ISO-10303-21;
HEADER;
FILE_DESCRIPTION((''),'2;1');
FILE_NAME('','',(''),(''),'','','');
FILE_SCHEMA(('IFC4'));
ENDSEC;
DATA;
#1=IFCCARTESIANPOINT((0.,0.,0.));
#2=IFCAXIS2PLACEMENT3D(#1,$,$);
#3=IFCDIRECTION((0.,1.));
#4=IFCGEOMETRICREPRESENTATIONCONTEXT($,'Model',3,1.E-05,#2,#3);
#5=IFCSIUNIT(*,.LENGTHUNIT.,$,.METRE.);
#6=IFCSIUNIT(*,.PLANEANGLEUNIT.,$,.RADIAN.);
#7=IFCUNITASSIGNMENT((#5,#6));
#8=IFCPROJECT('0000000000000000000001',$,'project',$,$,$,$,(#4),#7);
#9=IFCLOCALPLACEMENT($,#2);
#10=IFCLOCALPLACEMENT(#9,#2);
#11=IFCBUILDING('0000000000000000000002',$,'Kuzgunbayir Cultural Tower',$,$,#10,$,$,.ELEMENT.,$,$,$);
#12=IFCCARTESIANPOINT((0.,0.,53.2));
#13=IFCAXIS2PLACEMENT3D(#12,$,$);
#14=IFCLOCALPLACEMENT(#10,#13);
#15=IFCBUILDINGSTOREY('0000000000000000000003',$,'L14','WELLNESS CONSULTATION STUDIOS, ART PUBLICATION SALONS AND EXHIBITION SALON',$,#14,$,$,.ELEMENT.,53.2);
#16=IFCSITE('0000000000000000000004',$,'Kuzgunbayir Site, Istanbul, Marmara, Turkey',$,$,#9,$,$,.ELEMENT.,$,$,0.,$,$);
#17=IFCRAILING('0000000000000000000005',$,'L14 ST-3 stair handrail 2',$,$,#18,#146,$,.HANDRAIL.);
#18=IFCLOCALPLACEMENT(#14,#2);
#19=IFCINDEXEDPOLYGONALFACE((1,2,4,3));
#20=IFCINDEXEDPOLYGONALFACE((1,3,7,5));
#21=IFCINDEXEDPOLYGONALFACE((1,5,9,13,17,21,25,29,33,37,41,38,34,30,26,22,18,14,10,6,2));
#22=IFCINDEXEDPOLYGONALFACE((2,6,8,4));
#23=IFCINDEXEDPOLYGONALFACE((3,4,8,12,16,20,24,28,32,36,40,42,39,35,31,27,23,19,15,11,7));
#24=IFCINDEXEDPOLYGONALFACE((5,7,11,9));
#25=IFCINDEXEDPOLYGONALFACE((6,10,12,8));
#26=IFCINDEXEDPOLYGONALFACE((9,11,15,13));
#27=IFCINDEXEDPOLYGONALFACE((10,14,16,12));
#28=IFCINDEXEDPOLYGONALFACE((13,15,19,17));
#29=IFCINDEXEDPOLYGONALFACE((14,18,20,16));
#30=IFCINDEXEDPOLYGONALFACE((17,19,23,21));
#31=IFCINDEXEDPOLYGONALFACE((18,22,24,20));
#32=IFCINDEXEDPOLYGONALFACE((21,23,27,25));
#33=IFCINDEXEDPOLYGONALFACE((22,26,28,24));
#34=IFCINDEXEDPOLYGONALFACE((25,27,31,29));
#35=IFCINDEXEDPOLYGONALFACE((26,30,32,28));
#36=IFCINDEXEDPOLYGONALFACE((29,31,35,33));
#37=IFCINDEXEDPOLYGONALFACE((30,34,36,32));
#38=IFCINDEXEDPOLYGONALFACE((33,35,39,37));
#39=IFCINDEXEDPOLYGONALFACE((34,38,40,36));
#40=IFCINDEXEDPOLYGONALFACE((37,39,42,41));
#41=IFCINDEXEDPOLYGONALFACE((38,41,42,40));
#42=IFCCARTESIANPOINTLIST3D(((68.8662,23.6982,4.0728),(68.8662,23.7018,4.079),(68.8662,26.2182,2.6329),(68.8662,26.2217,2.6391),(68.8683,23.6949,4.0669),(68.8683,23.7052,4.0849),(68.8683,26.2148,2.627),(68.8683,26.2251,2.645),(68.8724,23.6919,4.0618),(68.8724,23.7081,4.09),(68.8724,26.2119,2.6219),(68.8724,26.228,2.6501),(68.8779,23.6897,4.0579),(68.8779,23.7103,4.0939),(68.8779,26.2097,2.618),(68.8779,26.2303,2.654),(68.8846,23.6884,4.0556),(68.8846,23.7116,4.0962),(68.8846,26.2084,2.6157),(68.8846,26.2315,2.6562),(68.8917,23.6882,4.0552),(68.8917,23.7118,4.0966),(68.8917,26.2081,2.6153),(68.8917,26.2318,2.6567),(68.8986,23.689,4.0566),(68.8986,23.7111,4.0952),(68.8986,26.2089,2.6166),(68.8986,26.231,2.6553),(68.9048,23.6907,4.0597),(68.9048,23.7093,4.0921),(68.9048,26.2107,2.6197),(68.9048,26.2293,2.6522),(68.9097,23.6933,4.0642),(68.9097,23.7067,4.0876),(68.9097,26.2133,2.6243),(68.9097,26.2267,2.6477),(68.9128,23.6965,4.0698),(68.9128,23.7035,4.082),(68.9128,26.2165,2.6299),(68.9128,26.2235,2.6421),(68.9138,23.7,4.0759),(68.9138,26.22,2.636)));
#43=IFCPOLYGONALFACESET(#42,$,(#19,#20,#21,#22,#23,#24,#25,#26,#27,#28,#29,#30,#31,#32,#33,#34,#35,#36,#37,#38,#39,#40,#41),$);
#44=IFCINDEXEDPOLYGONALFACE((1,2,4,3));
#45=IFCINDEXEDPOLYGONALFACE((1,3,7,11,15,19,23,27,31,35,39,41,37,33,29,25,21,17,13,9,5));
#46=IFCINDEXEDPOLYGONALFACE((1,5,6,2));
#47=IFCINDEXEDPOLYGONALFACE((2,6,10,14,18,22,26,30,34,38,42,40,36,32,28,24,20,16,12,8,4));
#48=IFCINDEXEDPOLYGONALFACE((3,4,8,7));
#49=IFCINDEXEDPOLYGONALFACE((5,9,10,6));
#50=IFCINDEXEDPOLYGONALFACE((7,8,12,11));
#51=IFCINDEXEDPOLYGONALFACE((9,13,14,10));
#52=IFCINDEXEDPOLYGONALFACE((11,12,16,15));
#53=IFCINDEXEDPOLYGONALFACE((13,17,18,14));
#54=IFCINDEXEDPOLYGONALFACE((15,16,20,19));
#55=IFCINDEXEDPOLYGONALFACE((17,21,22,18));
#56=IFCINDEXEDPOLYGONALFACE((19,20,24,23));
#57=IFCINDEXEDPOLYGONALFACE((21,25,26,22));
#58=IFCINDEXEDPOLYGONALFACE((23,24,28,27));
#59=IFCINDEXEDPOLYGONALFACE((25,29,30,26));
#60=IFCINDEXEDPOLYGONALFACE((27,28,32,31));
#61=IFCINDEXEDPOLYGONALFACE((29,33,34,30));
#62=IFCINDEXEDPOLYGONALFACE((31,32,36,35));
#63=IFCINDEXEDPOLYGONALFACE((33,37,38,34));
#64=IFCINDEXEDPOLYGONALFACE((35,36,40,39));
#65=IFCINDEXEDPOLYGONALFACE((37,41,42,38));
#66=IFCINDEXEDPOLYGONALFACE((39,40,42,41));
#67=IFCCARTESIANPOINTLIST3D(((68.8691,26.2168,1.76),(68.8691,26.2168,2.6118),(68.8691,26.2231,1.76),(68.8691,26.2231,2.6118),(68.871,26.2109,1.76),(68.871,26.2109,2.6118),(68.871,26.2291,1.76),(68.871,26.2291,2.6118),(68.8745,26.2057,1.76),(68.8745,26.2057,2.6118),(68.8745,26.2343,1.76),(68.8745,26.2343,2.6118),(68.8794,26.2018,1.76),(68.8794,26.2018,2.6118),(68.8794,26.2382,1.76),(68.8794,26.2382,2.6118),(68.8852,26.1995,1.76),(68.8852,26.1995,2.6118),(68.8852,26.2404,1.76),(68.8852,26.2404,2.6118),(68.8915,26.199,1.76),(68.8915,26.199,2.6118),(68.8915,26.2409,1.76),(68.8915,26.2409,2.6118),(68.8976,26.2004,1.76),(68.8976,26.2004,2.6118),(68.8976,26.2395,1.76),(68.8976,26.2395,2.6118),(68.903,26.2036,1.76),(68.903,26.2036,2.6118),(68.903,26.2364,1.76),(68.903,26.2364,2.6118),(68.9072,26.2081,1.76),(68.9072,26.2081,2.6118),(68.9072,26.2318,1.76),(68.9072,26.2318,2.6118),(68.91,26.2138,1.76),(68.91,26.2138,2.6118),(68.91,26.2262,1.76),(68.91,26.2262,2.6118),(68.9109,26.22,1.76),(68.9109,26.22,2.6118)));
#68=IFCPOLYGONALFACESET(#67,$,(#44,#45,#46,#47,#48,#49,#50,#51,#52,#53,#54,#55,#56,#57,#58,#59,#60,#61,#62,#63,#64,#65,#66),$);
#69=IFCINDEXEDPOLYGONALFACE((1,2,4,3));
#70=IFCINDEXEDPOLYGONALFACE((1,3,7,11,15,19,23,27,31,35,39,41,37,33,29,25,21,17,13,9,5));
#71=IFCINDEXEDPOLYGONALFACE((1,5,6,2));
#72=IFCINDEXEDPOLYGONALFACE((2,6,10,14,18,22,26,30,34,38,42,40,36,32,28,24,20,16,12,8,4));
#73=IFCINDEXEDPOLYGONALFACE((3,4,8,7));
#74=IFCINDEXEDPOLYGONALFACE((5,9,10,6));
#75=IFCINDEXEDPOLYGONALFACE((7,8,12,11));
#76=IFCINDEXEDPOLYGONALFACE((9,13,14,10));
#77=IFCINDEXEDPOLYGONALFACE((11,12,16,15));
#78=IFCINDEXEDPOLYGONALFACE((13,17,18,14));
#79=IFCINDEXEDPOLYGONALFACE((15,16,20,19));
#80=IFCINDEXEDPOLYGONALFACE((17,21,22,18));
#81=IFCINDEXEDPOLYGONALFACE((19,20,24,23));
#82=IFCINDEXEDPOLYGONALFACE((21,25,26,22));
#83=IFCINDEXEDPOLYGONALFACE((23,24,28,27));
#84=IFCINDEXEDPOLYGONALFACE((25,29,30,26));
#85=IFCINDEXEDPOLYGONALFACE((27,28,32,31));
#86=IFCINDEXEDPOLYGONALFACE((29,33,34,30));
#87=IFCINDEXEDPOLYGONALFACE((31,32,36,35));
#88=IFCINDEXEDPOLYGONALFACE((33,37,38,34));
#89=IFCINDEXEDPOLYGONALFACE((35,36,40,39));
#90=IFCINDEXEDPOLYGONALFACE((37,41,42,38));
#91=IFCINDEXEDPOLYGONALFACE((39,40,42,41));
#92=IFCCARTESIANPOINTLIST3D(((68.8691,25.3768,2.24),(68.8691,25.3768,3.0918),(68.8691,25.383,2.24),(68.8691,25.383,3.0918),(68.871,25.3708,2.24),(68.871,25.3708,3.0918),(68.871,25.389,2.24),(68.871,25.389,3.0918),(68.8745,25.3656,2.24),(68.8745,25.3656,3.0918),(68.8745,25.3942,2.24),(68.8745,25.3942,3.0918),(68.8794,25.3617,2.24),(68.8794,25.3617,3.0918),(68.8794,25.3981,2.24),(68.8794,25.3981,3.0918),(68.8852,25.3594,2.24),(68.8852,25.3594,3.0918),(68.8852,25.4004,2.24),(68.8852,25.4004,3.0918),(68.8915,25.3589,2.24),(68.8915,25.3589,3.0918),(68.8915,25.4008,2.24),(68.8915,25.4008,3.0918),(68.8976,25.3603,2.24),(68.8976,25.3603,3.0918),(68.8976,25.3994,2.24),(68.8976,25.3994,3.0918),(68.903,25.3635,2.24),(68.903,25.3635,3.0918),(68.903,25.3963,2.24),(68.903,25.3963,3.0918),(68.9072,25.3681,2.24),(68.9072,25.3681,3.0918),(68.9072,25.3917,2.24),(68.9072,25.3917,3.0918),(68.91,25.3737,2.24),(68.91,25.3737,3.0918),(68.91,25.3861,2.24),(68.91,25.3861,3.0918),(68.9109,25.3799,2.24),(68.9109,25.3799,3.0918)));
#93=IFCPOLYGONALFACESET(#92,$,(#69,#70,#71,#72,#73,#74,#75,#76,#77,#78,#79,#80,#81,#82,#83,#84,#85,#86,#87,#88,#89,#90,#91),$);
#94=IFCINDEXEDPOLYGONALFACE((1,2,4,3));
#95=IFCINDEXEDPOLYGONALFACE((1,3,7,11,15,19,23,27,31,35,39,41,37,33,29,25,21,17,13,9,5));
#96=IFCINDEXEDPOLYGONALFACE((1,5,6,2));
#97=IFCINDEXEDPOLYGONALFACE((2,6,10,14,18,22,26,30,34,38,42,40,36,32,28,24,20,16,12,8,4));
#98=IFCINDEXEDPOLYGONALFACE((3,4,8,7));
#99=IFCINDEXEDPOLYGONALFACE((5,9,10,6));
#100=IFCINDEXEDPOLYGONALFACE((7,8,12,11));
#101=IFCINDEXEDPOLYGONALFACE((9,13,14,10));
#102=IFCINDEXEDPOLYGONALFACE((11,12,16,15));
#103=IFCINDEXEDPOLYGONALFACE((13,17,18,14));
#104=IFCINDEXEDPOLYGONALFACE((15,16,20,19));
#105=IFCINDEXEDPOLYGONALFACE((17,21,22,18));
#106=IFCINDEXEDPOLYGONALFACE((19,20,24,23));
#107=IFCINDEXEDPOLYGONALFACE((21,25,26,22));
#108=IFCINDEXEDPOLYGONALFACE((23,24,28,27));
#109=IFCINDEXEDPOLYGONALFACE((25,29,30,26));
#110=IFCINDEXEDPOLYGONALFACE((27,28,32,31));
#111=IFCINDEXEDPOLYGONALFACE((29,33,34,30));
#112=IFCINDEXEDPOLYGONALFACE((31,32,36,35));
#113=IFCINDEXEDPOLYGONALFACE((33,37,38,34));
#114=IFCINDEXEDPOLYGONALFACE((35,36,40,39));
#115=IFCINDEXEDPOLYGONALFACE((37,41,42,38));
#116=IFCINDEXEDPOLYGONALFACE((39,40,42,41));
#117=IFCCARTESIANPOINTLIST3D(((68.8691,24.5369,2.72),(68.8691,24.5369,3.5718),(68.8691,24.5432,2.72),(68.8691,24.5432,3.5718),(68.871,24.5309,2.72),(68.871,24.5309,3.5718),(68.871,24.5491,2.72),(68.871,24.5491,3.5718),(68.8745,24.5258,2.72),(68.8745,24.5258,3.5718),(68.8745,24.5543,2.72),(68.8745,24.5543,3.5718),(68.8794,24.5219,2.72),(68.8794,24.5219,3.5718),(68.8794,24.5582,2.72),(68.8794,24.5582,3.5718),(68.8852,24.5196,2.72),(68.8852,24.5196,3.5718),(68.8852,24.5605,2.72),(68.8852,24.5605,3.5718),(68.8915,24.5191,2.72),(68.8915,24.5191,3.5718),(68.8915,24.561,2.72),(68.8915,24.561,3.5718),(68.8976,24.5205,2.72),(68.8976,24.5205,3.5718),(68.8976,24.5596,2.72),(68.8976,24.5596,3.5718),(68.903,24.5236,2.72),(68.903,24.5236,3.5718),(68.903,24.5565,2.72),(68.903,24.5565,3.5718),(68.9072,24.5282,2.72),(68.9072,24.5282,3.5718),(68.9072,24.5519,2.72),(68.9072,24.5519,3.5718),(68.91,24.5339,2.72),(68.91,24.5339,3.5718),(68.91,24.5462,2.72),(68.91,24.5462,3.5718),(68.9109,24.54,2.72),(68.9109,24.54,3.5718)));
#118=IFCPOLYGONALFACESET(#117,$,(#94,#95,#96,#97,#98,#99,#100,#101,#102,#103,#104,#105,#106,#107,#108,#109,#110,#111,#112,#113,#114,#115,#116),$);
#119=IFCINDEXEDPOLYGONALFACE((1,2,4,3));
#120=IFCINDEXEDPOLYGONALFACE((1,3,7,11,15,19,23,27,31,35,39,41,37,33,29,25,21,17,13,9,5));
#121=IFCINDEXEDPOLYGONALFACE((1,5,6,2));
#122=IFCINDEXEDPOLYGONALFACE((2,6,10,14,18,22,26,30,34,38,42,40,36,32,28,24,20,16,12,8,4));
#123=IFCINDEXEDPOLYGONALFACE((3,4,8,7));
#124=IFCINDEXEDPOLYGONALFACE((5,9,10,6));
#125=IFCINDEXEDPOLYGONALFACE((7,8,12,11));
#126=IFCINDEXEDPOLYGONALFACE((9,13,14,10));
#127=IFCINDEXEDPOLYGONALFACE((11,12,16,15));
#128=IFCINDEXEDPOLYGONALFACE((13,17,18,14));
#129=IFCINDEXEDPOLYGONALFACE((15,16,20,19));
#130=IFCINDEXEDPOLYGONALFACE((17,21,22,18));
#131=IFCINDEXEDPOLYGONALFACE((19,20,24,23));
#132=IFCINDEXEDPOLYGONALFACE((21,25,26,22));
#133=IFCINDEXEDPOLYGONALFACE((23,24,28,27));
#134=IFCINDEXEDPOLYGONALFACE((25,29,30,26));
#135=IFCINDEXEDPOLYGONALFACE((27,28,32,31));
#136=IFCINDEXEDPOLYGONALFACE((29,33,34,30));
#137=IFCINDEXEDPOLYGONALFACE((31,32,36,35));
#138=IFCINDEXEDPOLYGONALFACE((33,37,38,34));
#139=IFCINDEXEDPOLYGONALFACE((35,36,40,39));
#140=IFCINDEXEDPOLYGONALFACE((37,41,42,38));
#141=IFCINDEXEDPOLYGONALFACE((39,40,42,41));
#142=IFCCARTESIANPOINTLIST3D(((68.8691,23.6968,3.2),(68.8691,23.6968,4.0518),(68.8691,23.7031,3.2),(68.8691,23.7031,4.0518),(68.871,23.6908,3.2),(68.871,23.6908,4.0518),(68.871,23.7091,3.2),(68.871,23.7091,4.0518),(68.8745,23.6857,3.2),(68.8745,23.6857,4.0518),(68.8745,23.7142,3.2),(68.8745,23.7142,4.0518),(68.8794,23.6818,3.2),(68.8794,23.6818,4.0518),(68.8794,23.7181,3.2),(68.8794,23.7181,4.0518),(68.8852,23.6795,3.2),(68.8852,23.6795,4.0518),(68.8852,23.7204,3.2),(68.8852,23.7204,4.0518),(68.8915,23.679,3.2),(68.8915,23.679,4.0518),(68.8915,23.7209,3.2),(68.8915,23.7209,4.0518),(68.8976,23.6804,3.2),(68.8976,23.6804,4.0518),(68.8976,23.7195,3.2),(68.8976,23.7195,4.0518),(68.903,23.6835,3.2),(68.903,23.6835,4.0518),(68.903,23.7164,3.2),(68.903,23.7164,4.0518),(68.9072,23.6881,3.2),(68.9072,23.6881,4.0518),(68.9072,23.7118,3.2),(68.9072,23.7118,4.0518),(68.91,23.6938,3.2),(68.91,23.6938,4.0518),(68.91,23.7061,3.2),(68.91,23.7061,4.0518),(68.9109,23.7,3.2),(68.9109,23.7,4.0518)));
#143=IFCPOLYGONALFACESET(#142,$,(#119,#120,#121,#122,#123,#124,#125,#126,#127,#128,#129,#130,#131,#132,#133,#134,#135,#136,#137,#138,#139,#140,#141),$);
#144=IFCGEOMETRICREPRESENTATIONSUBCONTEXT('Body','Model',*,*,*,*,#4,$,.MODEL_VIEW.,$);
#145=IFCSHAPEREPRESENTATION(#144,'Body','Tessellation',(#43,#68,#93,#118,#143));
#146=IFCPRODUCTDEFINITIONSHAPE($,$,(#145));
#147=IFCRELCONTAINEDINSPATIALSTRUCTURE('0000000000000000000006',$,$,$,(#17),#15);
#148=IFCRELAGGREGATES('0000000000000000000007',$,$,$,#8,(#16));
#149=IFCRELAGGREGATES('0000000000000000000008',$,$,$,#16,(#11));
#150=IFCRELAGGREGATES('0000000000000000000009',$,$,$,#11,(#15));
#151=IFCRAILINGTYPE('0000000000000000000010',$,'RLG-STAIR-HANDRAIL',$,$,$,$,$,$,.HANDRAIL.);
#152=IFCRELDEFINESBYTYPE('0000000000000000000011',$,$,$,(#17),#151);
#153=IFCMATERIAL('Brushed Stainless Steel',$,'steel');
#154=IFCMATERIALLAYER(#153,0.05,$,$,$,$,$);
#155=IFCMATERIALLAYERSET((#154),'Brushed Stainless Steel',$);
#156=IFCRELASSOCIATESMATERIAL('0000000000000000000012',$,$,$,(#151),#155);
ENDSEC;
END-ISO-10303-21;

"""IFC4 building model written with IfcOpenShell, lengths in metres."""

from ifc_helpers import new_model, si_unit, direction, frame, origin, origin_2d, place, context, subcontext, project, spatial, circle, extrude, material, layer, layer_set, type_object, element, save


model = new_model("IFC4")

# Units and contexts
model_context = context("Model", 3, precision=1e-05, world=origin(), true_north=direction((0.0, 1.0)))
body_context = subcontext(model_context, "Body", "Model", "MODEL_VIEW")
ifc_project = project(units=[si_unit("LENGTHUNIT", "METRE"), si_unit("PLANEANGLEUNIT", "RADIAN")], contexts=[model_context])

# Site, building, storey
site_placement = place(None, origin())
site = spatial("IfcSite", under=ifc_project, at=site_placement, Name="Kuzgunbayir Site, Istanbul, Marmara, Turkey", CompositionType="ELEMENT", RefElevation=0.0)
building_placement = place(site_placement, origin())
building = spatial("IfcBuilding", under=site, at=building_placement, Name="Kuzgunbayir Cultural Tower", CompositionType="ELEMENT")
storey_placement = place(building_placement, frame((0.0, 0.0, 53.2)))
storey = spatial("IfcBuildingStorey", under=building, at=storey_placement, Name="L14", Description="WELLNESS CONSULTATION STUDIOS, ART PUBLICATION SALONS AND EXHIBITION SALON", CompositionType="ELEMENT", Elevation=53.2)

# Railing
ifc_material_1 = material(Name="Brushed Stainless Steel", Category="steel")
ifc_layer_1 = layer(ifc_material_1, 0.05)
ifc_layer_set_1 = layer_set([ifc_layer_1], Name="Brushed Stainless Steel")
railing_type_1 = type_object("IfcRailingType", Name="RLG-STAIR-HANDRAIL", PredefinedType="HANDRAIL", material=ifc_layer_set_1)
railing_1_placement = place(storey_placement, frame((68.8899, 26.22, 1.76)))
element("IfcRailing", 1, at=railing_1_placement, inside=storey, type_object=railing_type_1, Name="L14 ST-3 stair handrail 2", PredefinedType="HANDRAIL", context=body_context, shape_type="SweptSolid", body=[
    extrude(circle(Radius=0.0239, at=origin_2d()), frame((0.0, 0.0, 0.876), z_axis=(0.0, -0.868253, 0.496121), x_axis=(1.0, 0.0, 0.0)), (0.0, 0.0, 1.0), 2.9023),
    extrude(circle(Radius=0.021, at=origin_2d()), origin(), (0.0, 0.0, 1.0), 0.8518),
    extrude(circle(Radius=0.021, at=origin_2d()), frame((0.0, -0.8401, 0.48)), (0.0, 0.0, 1.0), 0.8518),
    extrude(circle(Radius=0.021, at=origin_2d()), frame((0.0, -1.6799, 0.96)), (0.0, 0.0, 1.0), 0.8518),
    extrude(circle(Radius=0.021, at=origin_2d()), frame((0.0, -2.52, 1.4399)), (0.0, 0.0, 1.0), 0.8518),
])

save(model, "model.ifc")
